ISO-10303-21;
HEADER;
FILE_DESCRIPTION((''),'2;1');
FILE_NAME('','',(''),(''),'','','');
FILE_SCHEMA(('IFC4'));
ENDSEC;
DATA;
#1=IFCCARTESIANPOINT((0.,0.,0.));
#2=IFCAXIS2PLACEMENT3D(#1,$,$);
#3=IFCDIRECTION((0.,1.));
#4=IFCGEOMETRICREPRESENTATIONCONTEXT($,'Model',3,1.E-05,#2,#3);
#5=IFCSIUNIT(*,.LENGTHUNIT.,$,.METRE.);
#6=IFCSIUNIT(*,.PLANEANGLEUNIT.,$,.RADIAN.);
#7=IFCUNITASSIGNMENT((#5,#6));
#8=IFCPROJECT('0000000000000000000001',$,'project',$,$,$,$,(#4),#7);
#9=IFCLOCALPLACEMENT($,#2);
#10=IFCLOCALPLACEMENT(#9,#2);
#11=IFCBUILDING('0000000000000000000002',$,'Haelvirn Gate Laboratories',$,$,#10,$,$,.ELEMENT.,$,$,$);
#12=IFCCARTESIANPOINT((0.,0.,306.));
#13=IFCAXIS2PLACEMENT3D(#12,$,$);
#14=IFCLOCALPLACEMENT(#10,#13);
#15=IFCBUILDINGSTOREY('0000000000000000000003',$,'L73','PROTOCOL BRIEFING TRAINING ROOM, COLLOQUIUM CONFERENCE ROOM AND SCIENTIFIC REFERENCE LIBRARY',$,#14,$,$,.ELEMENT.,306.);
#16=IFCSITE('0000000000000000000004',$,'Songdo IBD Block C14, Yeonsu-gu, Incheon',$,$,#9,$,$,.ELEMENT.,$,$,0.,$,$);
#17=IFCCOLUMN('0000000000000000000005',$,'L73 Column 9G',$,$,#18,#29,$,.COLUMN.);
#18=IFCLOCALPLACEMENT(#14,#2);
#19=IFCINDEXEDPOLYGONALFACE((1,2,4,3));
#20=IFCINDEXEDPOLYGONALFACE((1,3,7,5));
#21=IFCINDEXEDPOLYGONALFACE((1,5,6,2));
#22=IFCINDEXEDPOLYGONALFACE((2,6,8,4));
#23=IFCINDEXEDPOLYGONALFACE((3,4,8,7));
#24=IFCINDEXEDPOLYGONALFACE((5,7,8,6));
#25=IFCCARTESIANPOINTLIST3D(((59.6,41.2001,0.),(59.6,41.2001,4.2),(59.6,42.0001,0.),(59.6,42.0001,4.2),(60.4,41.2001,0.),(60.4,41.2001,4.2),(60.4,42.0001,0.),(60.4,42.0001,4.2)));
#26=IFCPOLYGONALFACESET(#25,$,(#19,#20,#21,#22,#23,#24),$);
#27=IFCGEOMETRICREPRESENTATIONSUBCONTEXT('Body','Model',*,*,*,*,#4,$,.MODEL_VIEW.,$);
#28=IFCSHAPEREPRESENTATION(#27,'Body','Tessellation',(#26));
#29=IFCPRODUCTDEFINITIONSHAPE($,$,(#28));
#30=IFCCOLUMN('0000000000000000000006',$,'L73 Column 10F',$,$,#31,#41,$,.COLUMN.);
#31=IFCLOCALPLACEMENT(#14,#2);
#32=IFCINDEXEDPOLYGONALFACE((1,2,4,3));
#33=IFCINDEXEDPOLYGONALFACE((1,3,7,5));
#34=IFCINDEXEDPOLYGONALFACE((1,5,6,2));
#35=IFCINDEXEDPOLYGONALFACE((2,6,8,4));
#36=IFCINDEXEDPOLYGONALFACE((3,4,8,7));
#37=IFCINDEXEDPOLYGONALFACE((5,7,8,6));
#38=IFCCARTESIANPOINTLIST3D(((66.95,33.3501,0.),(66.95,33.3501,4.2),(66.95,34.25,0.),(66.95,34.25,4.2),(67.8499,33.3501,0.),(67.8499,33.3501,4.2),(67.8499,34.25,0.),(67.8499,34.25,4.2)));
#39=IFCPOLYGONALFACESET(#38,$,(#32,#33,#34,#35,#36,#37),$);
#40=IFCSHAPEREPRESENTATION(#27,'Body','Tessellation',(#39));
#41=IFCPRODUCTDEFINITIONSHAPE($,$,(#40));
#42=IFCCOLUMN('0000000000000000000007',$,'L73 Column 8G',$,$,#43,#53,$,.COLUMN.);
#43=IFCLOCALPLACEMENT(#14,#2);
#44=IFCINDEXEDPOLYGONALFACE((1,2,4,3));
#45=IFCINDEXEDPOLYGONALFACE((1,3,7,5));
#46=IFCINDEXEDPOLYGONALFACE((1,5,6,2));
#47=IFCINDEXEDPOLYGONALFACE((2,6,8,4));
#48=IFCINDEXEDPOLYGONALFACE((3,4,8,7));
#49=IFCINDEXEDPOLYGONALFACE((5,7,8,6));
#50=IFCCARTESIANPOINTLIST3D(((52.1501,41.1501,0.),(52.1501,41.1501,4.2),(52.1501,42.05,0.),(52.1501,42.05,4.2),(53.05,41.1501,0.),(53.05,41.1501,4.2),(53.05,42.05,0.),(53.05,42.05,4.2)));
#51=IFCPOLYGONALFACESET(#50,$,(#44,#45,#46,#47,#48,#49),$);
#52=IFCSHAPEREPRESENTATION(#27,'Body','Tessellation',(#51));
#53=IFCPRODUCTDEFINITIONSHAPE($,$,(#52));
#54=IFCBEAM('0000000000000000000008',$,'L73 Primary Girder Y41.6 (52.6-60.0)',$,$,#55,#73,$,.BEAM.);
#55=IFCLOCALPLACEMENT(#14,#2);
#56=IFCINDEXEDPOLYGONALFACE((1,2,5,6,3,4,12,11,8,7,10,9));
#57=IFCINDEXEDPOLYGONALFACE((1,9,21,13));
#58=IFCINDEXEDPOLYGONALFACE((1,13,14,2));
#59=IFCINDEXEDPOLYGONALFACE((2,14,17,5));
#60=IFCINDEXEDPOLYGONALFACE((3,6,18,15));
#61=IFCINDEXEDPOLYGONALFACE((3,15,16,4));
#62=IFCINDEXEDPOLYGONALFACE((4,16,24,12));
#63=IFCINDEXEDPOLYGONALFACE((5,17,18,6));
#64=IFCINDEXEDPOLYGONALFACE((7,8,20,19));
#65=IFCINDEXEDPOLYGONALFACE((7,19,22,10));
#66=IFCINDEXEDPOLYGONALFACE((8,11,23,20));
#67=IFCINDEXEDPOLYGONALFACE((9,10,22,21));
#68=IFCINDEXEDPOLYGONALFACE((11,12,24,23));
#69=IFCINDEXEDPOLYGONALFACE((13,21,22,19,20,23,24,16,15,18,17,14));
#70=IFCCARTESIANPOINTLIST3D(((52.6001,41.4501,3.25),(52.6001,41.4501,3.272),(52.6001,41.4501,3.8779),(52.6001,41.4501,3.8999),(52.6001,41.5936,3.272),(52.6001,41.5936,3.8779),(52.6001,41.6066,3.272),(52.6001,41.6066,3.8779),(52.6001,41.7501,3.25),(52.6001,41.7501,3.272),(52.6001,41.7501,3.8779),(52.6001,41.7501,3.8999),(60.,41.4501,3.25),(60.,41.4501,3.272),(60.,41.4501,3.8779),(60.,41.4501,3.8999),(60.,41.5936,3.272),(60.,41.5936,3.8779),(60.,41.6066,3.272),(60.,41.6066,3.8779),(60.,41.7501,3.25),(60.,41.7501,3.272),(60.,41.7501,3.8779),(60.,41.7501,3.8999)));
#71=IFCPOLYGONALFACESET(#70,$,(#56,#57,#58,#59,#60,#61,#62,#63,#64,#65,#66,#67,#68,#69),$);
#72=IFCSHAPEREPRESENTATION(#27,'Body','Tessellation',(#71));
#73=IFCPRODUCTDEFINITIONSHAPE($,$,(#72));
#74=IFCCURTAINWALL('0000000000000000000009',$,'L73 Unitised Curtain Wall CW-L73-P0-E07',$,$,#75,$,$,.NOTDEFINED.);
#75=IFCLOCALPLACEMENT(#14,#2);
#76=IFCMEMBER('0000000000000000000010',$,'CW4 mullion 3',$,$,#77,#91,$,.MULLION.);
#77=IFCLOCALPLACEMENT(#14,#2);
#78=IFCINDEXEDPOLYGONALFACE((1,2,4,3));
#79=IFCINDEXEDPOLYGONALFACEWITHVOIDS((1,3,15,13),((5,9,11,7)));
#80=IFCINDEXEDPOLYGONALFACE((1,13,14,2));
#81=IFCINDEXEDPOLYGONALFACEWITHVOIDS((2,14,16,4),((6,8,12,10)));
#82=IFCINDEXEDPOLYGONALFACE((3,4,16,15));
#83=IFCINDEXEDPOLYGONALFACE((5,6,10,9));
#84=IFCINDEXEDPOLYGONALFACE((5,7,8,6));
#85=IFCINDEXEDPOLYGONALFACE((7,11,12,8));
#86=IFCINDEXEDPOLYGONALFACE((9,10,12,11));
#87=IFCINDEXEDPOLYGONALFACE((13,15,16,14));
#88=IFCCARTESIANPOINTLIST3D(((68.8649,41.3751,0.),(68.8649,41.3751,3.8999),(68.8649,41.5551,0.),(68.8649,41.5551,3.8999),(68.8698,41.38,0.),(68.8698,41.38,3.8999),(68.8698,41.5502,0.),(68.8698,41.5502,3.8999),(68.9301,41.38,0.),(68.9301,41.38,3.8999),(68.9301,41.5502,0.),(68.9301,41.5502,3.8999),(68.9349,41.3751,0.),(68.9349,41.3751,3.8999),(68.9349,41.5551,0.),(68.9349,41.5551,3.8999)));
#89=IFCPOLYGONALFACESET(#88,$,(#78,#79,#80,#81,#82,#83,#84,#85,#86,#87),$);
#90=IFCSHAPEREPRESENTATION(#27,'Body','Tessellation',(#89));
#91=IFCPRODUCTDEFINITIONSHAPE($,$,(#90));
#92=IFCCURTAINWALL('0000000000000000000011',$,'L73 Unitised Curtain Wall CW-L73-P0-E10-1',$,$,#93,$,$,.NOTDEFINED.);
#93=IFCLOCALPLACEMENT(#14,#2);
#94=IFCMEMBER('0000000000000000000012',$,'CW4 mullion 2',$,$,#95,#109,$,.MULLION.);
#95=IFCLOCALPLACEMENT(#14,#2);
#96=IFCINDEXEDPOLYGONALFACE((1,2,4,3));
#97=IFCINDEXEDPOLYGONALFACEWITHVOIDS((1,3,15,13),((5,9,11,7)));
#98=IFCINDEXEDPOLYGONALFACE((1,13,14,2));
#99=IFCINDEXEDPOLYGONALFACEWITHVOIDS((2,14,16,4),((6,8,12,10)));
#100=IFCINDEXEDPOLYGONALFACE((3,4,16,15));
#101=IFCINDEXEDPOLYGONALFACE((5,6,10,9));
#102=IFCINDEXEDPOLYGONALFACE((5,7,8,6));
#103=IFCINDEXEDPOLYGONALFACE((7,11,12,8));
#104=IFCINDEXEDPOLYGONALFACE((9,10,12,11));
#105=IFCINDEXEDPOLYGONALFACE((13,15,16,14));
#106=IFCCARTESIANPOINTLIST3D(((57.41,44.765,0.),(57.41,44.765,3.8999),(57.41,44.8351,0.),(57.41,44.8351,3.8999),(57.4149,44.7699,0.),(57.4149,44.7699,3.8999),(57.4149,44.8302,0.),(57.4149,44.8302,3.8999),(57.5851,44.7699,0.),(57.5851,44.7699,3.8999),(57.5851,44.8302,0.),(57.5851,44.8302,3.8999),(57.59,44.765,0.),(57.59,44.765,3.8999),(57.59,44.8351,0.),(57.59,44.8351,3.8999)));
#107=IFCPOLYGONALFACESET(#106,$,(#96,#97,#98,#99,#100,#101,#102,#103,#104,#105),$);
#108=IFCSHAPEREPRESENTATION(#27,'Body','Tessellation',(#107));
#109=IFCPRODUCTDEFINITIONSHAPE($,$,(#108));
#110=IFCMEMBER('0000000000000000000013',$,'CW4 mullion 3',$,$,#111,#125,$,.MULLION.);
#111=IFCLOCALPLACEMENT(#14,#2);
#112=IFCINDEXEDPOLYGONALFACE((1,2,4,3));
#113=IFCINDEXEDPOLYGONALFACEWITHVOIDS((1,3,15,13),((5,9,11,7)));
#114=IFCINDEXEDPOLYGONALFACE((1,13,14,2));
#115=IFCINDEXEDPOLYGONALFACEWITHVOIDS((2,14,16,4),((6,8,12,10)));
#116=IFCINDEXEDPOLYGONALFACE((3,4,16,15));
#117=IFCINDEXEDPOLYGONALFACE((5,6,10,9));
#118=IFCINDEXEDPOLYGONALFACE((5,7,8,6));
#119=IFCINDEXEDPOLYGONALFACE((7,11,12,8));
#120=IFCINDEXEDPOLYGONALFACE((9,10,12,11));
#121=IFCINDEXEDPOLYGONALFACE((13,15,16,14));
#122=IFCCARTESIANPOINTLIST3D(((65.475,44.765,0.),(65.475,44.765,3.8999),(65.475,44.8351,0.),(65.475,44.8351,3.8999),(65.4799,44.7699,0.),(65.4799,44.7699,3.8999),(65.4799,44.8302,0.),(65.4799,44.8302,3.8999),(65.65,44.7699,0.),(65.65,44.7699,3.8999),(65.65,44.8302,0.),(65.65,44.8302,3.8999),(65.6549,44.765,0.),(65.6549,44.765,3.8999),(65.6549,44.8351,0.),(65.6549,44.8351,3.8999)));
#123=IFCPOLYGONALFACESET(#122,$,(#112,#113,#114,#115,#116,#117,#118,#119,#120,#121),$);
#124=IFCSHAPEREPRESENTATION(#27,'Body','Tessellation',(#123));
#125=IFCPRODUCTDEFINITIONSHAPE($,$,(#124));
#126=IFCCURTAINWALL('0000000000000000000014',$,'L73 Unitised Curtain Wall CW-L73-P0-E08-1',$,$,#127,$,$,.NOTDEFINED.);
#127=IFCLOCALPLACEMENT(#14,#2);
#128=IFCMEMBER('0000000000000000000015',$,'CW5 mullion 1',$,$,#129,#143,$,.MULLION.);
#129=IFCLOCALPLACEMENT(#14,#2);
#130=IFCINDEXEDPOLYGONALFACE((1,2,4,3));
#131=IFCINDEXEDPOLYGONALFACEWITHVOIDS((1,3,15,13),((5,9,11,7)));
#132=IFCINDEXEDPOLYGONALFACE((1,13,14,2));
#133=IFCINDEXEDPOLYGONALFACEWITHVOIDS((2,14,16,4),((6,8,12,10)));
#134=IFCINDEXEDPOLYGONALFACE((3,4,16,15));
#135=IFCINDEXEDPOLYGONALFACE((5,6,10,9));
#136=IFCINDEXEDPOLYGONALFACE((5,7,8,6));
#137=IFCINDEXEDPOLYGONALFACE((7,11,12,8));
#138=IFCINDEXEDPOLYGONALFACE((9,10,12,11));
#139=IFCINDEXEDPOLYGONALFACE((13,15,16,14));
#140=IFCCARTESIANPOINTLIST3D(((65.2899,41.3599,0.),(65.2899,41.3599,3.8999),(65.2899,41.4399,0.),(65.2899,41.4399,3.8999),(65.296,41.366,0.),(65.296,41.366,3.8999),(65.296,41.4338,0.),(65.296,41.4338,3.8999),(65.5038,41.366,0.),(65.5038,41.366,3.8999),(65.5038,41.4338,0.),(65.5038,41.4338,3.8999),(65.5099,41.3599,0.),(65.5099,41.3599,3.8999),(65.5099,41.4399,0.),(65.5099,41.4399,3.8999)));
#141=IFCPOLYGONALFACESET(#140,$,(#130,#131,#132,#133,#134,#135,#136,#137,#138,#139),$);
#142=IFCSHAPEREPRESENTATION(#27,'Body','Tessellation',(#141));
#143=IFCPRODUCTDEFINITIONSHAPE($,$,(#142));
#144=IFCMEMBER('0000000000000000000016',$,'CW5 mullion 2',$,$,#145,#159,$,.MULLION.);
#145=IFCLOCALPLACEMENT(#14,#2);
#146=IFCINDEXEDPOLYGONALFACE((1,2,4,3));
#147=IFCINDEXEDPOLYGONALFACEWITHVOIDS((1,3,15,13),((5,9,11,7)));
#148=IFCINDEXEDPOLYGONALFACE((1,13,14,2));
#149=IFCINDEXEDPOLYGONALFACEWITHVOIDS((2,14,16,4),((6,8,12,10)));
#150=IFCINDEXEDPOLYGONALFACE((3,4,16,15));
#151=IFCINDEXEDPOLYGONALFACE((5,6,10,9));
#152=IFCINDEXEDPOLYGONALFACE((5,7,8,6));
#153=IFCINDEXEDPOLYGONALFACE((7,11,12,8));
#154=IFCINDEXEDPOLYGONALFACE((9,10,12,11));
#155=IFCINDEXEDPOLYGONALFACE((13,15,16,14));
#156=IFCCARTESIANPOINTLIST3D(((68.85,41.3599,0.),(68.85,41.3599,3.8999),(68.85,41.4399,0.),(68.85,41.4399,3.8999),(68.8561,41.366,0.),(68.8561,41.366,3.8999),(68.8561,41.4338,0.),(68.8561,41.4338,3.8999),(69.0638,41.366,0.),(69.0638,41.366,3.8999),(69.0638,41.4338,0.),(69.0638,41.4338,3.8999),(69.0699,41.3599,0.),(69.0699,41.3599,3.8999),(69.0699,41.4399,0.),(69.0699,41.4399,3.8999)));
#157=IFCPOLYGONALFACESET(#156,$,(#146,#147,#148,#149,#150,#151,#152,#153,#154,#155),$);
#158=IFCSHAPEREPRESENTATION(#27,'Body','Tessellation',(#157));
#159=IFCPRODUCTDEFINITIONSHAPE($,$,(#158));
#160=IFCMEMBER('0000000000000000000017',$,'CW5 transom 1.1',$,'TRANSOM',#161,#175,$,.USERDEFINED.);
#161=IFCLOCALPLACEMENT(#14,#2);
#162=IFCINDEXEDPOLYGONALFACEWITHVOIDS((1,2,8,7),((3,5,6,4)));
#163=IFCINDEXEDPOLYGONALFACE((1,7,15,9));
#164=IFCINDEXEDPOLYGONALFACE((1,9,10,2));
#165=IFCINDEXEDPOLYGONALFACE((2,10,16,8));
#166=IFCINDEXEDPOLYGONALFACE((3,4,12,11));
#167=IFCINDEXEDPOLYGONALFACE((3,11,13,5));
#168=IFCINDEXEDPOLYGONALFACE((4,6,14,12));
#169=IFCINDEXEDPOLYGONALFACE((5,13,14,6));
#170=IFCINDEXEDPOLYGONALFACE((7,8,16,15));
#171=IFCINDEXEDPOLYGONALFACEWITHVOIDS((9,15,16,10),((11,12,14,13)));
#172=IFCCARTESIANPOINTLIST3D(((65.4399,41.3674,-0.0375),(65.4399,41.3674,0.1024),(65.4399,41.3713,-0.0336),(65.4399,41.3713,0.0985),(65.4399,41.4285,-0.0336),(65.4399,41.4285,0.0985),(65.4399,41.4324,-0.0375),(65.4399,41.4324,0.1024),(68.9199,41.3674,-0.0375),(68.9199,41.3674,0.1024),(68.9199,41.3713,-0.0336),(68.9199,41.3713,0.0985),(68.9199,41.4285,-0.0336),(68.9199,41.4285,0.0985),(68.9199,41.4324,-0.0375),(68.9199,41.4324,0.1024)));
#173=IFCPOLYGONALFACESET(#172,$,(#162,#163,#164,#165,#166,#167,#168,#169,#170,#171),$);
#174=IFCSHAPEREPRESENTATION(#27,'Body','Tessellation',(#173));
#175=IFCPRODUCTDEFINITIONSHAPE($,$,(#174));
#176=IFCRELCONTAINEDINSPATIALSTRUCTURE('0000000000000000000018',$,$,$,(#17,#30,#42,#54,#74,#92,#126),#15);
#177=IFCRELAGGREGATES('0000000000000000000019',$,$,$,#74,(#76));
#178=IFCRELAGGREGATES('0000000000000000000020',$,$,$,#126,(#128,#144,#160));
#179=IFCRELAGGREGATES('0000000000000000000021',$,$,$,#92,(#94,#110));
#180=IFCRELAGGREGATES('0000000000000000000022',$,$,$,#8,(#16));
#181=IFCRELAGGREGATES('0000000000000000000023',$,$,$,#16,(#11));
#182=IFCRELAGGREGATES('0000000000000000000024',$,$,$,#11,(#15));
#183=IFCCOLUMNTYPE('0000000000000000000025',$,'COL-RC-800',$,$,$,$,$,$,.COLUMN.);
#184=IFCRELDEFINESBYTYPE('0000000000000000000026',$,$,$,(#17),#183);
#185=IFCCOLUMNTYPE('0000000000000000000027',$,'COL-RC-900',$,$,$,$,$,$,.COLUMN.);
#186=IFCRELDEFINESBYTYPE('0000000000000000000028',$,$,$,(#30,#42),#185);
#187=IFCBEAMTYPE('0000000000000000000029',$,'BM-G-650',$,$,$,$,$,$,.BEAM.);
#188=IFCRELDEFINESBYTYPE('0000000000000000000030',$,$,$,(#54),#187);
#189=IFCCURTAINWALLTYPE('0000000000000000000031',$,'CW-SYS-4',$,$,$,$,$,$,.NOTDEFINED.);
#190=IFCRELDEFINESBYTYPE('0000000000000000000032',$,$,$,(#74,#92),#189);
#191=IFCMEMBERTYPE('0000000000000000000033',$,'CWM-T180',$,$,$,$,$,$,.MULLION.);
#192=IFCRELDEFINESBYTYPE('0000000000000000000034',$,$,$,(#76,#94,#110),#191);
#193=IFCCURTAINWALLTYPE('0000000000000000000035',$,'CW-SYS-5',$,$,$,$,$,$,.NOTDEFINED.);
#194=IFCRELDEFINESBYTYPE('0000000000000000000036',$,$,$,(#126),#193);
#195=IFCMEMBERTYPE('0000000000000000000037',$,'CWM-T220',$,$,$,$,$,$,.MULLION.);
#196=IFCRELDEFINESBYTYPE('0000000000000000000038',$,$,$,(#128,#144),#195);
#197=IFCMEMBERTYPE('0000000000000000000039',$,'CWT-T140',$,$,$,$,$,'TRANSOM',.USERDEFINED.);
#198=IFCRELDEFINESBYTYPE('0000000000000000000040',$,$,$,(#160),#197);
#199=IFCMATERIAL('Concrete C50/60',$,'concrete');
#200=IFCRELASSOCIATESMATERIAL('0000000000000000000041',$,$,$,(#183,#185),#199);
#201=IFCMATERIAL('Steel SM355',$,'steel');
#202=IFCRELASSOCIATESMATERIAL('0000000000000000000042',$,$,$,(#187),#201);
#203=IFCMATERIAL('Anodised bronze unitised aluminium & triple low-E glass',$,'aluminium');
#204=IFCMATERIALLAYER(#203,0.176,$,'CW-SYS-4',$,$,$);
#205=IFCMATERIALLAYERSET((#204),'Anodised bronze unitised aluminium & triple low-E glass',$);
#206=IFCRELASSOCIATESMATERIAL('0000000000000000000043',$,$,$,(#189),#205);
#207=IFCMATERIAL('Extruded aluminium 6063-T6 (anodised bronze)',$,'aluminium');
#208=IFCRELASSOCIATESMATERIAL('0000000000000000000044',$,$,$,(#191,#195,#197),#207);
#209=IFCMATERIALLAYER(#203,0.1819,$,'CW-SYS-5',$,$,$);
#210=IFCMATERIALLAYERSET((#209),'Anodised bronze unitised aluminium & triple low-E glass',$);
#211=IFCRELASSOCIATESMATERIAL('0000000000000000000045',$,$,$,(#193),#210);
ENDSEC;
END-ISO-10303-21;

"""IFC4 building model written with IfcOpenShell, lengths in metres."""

from ifc_helpers import new_model, si_unit, direction, frame, origin, origin_2d, place, context, subcontext, project, spatial, rectangle, hollow_rectangle, i_section, extrude, source, transform, mapped, material, layer, layer_set, material_profile, profile_set, type_object, type_shapes, element, aggregate, save


model = new_model("IFC4")

# Units and contexts
model_context = context("Model", 3, precision=1e-05, world=origin(), true_north=direction((0.0, 1.0)))
body_context = subcontext(model_context, "Body", "Model", "MODEL_VIEW")
ifc_project = project(units=[si_unit("LENGTHUNIT", "METRE"), si_unit("PLANEANGLEUNIT", "RADIAN")], contexts=[model_context])

# Site, building, storey
site_placement = place(None, origin())
site = spatial("IfcSite", under=ifc_project, at=site_placement, Name="Songdo IBD Block C14, Yeonsu-gu, Incheon", CompositionType="ELEMENT", RefElevation=0.0)
building_placement = place(site_placement, origin())
building = spatial("IfcBuilding", under=site, at=building_placement, Name="Haelvirn Gate Laboratories", CompositionType="ELEMENT")
storey_placement = place(building_placement, frame((0.0, 0.0, 306.0)))
storey = spatial("IfcBuildingStorey", under=building, at=storey_placement, Name="L73", Description="PROTOCOL BRIEFING TRAINING ROOM, COLLOQUIUM CONFERENCE ROOM AND SCIENTIFIC REFERENCE LIBRARY", CompositionType="ELEMENT", Elevation=306.0)

# Columns
ifc_material_1 = material(Name="Concrete C50/60", Category="concrete")
ifc_material_profile_1 = material_profile(ifc_material_1, rectangle(XDim=0.8, YDim=0.8, at=origin_2d()), Name="RC-800x800")
ifc_profile_set_1 = profile_set([ifc_material_profile_1], Name="Concrete C50/60")
column_type_1 = type_object("IfcColumnType", Name="COL-RC-800", PredefinedType="COLUMN", material=ifc_profile_set_1)
shared_shape_1 = source(origin(), body_context, "Body", "SweptSolid", [
    extrude(rectangle(XDim=0.8, YDim=0.8, at=origin_2d()), origin(), (0.0, 0.0, 1.0), 4.2),
])
type_shapes(column_type_1, [shared_shape_1])
column_placement = place(storey_placement, frame((60.0, 41.6001, 0.0), z_axis=(0.0, 0.0, 1.0), x_axis=(1.0, 0.0, 0.0)))
element("IfcColumn", 1, at=column_placement, inside=storey, type_object=column_type_1, Name="L73 Column 9G", PredefinedType="COLUMN", context=body_context, shape_type="MappedRepresentation", body=[
    mapped(shared_shape_1, transform((0.0, 0.0, 0.0), scale=1.0)),
])
ifc_material_profile_2 = material_profile(ifc_material_1, rectangle(XDim=0.8999, YDim=0.8999, at=origin_2d()), Name="RC-900x900")
ifc_profile_set_2 = profile_set([ifc_material_profile_2], Name="Concrete C50/60")
column_type_2 = type_object("IfcColumnType", Name="COL-RC-900", PredefinedType="COLUMN", material=ifc_profile_set_2)
shared_shape_2 = source(origin(), body_context, "Body", "SweptSolid", [
    extrude(rectangle(XDim=0.8999, YDim=0.8999, at=origin_2d()), origin(), (0.0, 0.0, 1.0), 4.2),
])
type_shapes(column_type_2, [shared_shape_2])
for number, where, z_axis, x_axis, name in (
    (2, (67.3999, 33.8, 0.0), (0.0, 0.0, 1.0), (1.0, 0.0, 0.0), "L73 Column 10F"),
    (3, (52.6001, 41.6001, 0.0), (0.0, 0.0, 1.0), (1.0, 0.0, 0.0), "L73 Column 8G"),
):
    element("IfcColumn", number, at=place(storey_placement, frame(where, z_axis=z_axis, x_axis=x_axis)), inside=storey, type_object=column_type_2, Name=name, PredefinedType="COLUMN", context=body_context, shape_type="MappedRepresentation", body=[
        mapped(shared_shape_2, transform((0.0, 0.0, 0.0), scale=1.0)),
    ])

# Beam
ifc_material_2 = material(Name="Steel SM355", Category="steel")
ifc_material_profile_3 = material_profile(ifc_material_2, i_section(OverallWidth=0.3, OverallDepth=0.6499, WebThickness=0.0129, FlangeThickness=0.022, at=origin_2d()), Name="H-650x300x13x22")
ifc_profile_set_3 = profile_set([ifc_material_profile_3], Name="Steel SM355")
beam_type = type_object("IfcBeamType", Name="BM-G-650", PredefinedType="BEAM", material=ifc_profile_set_3)
shared_shape_3 = source(origin(), body_context, "Body", "SweptSolid", [
    extrude(i_section(OverallWidth=0.3, OverallDepth=0.6499, WebThickness=0.0129, FlangeThickness=0.022, at=origin_2d()), origin(), (0.0, 0.0, 1.0), 7.3999),
])
type_shapes(beam_type, [shared_shape_3])
beam_placement = place(storey_placement, frame((52.6001, 41.6001, 3.575), z_axis=(1.0, 0.0, 0.0), x_axis=(0.0, 1.0, 0.0)))
element("IfcBeam", 4, at=beam_placement, inside=storey, type_object=beam_type, Name="L73 Primary Girder Y41.6 (52.6-60.0)", PredefinedType="BEAM", context=body_context, shape_type="MappedRepresentation", body=[
    mapped(shared_shape_3, transform((0.0, 0.0, 0.0), scale=1.0)),
])

# Curtain wall, member
ifc_material_3 = material(Name="Anodised bronze unitised aluminium & triple low-E glass", Category="aluminium")
ifc_layer_1 = layer(ifc_material_3, 0.176, Name="CW-SYS-4")
ifc_layer_set_1 = layer_set([ifc_layer_1], Name="Anodised bronze unitised aluminium & triple low-E glass")
curtain_wall_type_1 = type_object("IfcCurtainWallType", Name="CW-SYS-4", PredefinedType="NOTDEFINED", material=ifc_layer_set_1)
curtain_wall_1_placement = place(storey_placement, origin())
curtain_wall_1 = element("IfcCurtainWall", 5, at=curtain_wall_1_placement, inside=storey, type_object=curtain_wall_type_1, Name="L73 Unitised Curtain Wall CW-L73-P0-E07", PredefinedType="NOTDEFINED")
ifc_material_4 = material(Name="Extruded aluminium 6063-T6 (anodised bronze)", Category="aluminium")
ifc_material_profile_4 = material_profile(ifc_material_4, hollow_rectangle(XDim=0.0701, YDim=0.1799, WallThickness=0.0049, at=origin_2d()), Name="CWM-180x70x5")
ifc_profile_set_4 = profile_set([ifc_material_profile_4], Name="Extruded aluminium 6063-T6 (anodised bronze)")
member_type_1 = type_object("IfcMemberType", Name="CWM-T180", PredefinedType="MULLION", material=ifc_profile_set_4)
shared_shape_4 = source(origin(), body_context, "Body", "SweptSolid", [
    extrude(hollow_rectangle(XDim=0.0701, YDim=0.1799, WallThickness=0.0049, at=origin_2d()), origin(), (0.0, 0.0, 1.0), 3.8999),
])
type_shapes(member_type_1, [shared_shape_4])
member_1_placement = place(storey_placement, frame((68.8999, 41.4651, 0.0), z_axis=(0.0, 0.0, 1.0), x_axis=(-1.0, 0.0, 0.0)))
member_1 = element("IfcMember", 6, at=member_1_placement, type_object=member_type_1, Name="CW4 mullion 3", PredefinedType="MULLION", context=body_context, shape_type="MappedRepresentation", body=[
    mapped(shared_shape_4, transform((0.0, 0.0, 0.0), scale=1.0)),
])
aggregate(curtain_wall_1, [member_1])

# Curtain walls, members
curtain_wall_2_placement = place(storey_placement, origin())
curtain_wall_2 = element("IfcCurtainWall", 7, at=curtain_wall_2_placement, inside=storey, type_object=curtain_wall_type_1, Name="L73 Unitised Curtain Wall CW-L73-P0-E10-1", PredefinedType="NOTDEFINED")
member_2_placement = place(storey_placement, frame((57.5, 44.8, 0.0), z_axis=(0.0, 0.0, 1.0), x_axis=(0.0, 1.0, 0.0)))
member_2 = element("IfcMember", 8, at=member_2_placement, type_object=member_type_1, Name="CW4 mullion 2", PredefinedType="MULLION", context=body_context, shape_type="MappedRepresentation", body=[
    mapped(shared_shape_4, transform((0.0, 0.0, 0.0), scale=1.0)),
])
member_3_placement = place(storey_placement, frame((65.5649, 44.8, 0.0), z_axis=(0.0, 0.0, 1.0), x_axis=(0.0, 1.0, 0.0)))
member_3 = element("IfcMember", 9, at=member_3_placement, type_object=member_type_1, Name="CW4 mullion 3", PredefinedType="MULLION", context=body_context, shape_type="MappedRepresentation", body=[
    mapped(shared_shape_4, transform((0.0, 0.0, 0.0), scale=1.0)),
])
ifc_layer_2 = layer(ifc_material_3, 0.1819, Name="CW-SYS-5")
ifc_layer_set_2 = layer_set([ifc_layer_2], Name="Anodised bronze unitised aluminium & triple low-E glass")
curtain_wall_type_2 = type_object("IfcCurtainWallType", Name="CW-SYS-5", PredefinedType="NOTDEFINED", material=ifc_layer_set_2)
curtain_wall_3_placement = place(storey_placement, origin())
curtain_wall_3 = element("IfcCurtainWall", 10, at=curtain_wall_3_placement, inside=storey, type_object=curtain_wall_type_2, Name="L73 Unitised Curtain Wall CW-L73-P0-E08-1", PredefinedType="NOTDEFINED")
ifc_material_profile_5 = material_profile(ifc_material_4, hollow_rectangle(XDim=0.0801, YDim=0.22, WallThickness=0.0061, at=origin_2d()), Name="CWM-220x80x6")
ifc_profile_set_5 = profile_set([ifc_material_profile_5], Name="Extruded aluminium 6063-T6 (anodised bronze)")
member_type_2 = type_object("IfcMemberType", Name="CWM-T220", PredefinedType="MULLION", material=ifc_profile_set_5)
shared_shape_5 = source(origin(), body_context, "Body", "SweptSolid", [
    extrude(hollow_rectangle(XDim=0.0801, YDim=0.22, WallThickness=0.0061, at=origin_2d()), origin(), (0.0, 0.0, 1.0), 3.8999),
])
type_shapes(member_type_2, [shared_shape_5])
member_4_placement = place(storey_placement, frame((65.3999, 41.3999, 0.0), z_axis=(0.0, 0.0, 1.0), x_axis=(0.0, 1.0, 0.0)))
member_4 = element("IfcMember", 11, at=member_4_placement, type_object=member_type_2, Name="CW5 mullion 1", PredefinedType="MULLION", context=body_context, shape_type="MappedRepresentation", body=[
    mapped(shared_shape_5, transform((0.0, 0.0, 0.0), scale=1.0)),
])
member_5_placement = place(storey_placement, frame((68.96, 41.3999, 0.0), z_axis=(0.0, 0.0, 1.0), x_axis=(0.0, 1.0, 0.0)))
member_5 = element("IfcMember", 12, at=member_5_placement, type_object=member_type_2, Name="CW5 mullion 2", PredefinedType="MULLION", context=body_context, shape_type="MappedRepresentation", body=[
    mapped(shared_shape_5, transform((0.0, 0.0, 0.0), scale=1.0)),
])
ifc_material_profile_6 = material_profile(ifc_material_4, hollow_rectangle(XDim=0.0649, YDim=0.1399, WallThickness=0.0039, at=origin_2d()), Name="CWT-140x65x4")
ifc_profile_set_6 = profile_set([ifc_material_profile_6], Name="Extruded aluminium 6063-T6 (anodised bronze)")
member_type_3 = type_object("IfcMemberType", Name="CWT-T140", ElementType="TRANSOM", PredefinedType="USERDEFINED", material=ifc_profile_set_6)
shared_shape_6 = source(origin(), body_context, "Body", "SweptSolid", [
    extrude(hollow_rectangle(XDim=0.0649, YDim=0.1399, WallThickness=0.0039, at=origin_2d()), origin(), (0.0, 0.0, 1.0), 3.48),
])
member_6_placement = place(storey_placement, frame((65.4399, 41.3999, 0.0325), z_axis=(1.0, 0.0, 0.0), x_axis=(0.0, 1.0, 0.0)))
member_6 = element("IfcMember", 13, at=member_6_placement, type_object=member_type_3, Name="CW5 transom 1.1", ObjectType="TRANSOM", PredefinedType="USERDEFINED", context=body_context, shape_type="MappedRepresentation", body=[
    mapped(shared_shape_6, transform((0.0, 0.0, 0.0), scale=1.0)),
])

aggregate(curtain_wall_3, [member_4, member_5, member_6])
aggregate(curtain_wall_2, [member_2, member_3])

save(model, "model.ifc")
